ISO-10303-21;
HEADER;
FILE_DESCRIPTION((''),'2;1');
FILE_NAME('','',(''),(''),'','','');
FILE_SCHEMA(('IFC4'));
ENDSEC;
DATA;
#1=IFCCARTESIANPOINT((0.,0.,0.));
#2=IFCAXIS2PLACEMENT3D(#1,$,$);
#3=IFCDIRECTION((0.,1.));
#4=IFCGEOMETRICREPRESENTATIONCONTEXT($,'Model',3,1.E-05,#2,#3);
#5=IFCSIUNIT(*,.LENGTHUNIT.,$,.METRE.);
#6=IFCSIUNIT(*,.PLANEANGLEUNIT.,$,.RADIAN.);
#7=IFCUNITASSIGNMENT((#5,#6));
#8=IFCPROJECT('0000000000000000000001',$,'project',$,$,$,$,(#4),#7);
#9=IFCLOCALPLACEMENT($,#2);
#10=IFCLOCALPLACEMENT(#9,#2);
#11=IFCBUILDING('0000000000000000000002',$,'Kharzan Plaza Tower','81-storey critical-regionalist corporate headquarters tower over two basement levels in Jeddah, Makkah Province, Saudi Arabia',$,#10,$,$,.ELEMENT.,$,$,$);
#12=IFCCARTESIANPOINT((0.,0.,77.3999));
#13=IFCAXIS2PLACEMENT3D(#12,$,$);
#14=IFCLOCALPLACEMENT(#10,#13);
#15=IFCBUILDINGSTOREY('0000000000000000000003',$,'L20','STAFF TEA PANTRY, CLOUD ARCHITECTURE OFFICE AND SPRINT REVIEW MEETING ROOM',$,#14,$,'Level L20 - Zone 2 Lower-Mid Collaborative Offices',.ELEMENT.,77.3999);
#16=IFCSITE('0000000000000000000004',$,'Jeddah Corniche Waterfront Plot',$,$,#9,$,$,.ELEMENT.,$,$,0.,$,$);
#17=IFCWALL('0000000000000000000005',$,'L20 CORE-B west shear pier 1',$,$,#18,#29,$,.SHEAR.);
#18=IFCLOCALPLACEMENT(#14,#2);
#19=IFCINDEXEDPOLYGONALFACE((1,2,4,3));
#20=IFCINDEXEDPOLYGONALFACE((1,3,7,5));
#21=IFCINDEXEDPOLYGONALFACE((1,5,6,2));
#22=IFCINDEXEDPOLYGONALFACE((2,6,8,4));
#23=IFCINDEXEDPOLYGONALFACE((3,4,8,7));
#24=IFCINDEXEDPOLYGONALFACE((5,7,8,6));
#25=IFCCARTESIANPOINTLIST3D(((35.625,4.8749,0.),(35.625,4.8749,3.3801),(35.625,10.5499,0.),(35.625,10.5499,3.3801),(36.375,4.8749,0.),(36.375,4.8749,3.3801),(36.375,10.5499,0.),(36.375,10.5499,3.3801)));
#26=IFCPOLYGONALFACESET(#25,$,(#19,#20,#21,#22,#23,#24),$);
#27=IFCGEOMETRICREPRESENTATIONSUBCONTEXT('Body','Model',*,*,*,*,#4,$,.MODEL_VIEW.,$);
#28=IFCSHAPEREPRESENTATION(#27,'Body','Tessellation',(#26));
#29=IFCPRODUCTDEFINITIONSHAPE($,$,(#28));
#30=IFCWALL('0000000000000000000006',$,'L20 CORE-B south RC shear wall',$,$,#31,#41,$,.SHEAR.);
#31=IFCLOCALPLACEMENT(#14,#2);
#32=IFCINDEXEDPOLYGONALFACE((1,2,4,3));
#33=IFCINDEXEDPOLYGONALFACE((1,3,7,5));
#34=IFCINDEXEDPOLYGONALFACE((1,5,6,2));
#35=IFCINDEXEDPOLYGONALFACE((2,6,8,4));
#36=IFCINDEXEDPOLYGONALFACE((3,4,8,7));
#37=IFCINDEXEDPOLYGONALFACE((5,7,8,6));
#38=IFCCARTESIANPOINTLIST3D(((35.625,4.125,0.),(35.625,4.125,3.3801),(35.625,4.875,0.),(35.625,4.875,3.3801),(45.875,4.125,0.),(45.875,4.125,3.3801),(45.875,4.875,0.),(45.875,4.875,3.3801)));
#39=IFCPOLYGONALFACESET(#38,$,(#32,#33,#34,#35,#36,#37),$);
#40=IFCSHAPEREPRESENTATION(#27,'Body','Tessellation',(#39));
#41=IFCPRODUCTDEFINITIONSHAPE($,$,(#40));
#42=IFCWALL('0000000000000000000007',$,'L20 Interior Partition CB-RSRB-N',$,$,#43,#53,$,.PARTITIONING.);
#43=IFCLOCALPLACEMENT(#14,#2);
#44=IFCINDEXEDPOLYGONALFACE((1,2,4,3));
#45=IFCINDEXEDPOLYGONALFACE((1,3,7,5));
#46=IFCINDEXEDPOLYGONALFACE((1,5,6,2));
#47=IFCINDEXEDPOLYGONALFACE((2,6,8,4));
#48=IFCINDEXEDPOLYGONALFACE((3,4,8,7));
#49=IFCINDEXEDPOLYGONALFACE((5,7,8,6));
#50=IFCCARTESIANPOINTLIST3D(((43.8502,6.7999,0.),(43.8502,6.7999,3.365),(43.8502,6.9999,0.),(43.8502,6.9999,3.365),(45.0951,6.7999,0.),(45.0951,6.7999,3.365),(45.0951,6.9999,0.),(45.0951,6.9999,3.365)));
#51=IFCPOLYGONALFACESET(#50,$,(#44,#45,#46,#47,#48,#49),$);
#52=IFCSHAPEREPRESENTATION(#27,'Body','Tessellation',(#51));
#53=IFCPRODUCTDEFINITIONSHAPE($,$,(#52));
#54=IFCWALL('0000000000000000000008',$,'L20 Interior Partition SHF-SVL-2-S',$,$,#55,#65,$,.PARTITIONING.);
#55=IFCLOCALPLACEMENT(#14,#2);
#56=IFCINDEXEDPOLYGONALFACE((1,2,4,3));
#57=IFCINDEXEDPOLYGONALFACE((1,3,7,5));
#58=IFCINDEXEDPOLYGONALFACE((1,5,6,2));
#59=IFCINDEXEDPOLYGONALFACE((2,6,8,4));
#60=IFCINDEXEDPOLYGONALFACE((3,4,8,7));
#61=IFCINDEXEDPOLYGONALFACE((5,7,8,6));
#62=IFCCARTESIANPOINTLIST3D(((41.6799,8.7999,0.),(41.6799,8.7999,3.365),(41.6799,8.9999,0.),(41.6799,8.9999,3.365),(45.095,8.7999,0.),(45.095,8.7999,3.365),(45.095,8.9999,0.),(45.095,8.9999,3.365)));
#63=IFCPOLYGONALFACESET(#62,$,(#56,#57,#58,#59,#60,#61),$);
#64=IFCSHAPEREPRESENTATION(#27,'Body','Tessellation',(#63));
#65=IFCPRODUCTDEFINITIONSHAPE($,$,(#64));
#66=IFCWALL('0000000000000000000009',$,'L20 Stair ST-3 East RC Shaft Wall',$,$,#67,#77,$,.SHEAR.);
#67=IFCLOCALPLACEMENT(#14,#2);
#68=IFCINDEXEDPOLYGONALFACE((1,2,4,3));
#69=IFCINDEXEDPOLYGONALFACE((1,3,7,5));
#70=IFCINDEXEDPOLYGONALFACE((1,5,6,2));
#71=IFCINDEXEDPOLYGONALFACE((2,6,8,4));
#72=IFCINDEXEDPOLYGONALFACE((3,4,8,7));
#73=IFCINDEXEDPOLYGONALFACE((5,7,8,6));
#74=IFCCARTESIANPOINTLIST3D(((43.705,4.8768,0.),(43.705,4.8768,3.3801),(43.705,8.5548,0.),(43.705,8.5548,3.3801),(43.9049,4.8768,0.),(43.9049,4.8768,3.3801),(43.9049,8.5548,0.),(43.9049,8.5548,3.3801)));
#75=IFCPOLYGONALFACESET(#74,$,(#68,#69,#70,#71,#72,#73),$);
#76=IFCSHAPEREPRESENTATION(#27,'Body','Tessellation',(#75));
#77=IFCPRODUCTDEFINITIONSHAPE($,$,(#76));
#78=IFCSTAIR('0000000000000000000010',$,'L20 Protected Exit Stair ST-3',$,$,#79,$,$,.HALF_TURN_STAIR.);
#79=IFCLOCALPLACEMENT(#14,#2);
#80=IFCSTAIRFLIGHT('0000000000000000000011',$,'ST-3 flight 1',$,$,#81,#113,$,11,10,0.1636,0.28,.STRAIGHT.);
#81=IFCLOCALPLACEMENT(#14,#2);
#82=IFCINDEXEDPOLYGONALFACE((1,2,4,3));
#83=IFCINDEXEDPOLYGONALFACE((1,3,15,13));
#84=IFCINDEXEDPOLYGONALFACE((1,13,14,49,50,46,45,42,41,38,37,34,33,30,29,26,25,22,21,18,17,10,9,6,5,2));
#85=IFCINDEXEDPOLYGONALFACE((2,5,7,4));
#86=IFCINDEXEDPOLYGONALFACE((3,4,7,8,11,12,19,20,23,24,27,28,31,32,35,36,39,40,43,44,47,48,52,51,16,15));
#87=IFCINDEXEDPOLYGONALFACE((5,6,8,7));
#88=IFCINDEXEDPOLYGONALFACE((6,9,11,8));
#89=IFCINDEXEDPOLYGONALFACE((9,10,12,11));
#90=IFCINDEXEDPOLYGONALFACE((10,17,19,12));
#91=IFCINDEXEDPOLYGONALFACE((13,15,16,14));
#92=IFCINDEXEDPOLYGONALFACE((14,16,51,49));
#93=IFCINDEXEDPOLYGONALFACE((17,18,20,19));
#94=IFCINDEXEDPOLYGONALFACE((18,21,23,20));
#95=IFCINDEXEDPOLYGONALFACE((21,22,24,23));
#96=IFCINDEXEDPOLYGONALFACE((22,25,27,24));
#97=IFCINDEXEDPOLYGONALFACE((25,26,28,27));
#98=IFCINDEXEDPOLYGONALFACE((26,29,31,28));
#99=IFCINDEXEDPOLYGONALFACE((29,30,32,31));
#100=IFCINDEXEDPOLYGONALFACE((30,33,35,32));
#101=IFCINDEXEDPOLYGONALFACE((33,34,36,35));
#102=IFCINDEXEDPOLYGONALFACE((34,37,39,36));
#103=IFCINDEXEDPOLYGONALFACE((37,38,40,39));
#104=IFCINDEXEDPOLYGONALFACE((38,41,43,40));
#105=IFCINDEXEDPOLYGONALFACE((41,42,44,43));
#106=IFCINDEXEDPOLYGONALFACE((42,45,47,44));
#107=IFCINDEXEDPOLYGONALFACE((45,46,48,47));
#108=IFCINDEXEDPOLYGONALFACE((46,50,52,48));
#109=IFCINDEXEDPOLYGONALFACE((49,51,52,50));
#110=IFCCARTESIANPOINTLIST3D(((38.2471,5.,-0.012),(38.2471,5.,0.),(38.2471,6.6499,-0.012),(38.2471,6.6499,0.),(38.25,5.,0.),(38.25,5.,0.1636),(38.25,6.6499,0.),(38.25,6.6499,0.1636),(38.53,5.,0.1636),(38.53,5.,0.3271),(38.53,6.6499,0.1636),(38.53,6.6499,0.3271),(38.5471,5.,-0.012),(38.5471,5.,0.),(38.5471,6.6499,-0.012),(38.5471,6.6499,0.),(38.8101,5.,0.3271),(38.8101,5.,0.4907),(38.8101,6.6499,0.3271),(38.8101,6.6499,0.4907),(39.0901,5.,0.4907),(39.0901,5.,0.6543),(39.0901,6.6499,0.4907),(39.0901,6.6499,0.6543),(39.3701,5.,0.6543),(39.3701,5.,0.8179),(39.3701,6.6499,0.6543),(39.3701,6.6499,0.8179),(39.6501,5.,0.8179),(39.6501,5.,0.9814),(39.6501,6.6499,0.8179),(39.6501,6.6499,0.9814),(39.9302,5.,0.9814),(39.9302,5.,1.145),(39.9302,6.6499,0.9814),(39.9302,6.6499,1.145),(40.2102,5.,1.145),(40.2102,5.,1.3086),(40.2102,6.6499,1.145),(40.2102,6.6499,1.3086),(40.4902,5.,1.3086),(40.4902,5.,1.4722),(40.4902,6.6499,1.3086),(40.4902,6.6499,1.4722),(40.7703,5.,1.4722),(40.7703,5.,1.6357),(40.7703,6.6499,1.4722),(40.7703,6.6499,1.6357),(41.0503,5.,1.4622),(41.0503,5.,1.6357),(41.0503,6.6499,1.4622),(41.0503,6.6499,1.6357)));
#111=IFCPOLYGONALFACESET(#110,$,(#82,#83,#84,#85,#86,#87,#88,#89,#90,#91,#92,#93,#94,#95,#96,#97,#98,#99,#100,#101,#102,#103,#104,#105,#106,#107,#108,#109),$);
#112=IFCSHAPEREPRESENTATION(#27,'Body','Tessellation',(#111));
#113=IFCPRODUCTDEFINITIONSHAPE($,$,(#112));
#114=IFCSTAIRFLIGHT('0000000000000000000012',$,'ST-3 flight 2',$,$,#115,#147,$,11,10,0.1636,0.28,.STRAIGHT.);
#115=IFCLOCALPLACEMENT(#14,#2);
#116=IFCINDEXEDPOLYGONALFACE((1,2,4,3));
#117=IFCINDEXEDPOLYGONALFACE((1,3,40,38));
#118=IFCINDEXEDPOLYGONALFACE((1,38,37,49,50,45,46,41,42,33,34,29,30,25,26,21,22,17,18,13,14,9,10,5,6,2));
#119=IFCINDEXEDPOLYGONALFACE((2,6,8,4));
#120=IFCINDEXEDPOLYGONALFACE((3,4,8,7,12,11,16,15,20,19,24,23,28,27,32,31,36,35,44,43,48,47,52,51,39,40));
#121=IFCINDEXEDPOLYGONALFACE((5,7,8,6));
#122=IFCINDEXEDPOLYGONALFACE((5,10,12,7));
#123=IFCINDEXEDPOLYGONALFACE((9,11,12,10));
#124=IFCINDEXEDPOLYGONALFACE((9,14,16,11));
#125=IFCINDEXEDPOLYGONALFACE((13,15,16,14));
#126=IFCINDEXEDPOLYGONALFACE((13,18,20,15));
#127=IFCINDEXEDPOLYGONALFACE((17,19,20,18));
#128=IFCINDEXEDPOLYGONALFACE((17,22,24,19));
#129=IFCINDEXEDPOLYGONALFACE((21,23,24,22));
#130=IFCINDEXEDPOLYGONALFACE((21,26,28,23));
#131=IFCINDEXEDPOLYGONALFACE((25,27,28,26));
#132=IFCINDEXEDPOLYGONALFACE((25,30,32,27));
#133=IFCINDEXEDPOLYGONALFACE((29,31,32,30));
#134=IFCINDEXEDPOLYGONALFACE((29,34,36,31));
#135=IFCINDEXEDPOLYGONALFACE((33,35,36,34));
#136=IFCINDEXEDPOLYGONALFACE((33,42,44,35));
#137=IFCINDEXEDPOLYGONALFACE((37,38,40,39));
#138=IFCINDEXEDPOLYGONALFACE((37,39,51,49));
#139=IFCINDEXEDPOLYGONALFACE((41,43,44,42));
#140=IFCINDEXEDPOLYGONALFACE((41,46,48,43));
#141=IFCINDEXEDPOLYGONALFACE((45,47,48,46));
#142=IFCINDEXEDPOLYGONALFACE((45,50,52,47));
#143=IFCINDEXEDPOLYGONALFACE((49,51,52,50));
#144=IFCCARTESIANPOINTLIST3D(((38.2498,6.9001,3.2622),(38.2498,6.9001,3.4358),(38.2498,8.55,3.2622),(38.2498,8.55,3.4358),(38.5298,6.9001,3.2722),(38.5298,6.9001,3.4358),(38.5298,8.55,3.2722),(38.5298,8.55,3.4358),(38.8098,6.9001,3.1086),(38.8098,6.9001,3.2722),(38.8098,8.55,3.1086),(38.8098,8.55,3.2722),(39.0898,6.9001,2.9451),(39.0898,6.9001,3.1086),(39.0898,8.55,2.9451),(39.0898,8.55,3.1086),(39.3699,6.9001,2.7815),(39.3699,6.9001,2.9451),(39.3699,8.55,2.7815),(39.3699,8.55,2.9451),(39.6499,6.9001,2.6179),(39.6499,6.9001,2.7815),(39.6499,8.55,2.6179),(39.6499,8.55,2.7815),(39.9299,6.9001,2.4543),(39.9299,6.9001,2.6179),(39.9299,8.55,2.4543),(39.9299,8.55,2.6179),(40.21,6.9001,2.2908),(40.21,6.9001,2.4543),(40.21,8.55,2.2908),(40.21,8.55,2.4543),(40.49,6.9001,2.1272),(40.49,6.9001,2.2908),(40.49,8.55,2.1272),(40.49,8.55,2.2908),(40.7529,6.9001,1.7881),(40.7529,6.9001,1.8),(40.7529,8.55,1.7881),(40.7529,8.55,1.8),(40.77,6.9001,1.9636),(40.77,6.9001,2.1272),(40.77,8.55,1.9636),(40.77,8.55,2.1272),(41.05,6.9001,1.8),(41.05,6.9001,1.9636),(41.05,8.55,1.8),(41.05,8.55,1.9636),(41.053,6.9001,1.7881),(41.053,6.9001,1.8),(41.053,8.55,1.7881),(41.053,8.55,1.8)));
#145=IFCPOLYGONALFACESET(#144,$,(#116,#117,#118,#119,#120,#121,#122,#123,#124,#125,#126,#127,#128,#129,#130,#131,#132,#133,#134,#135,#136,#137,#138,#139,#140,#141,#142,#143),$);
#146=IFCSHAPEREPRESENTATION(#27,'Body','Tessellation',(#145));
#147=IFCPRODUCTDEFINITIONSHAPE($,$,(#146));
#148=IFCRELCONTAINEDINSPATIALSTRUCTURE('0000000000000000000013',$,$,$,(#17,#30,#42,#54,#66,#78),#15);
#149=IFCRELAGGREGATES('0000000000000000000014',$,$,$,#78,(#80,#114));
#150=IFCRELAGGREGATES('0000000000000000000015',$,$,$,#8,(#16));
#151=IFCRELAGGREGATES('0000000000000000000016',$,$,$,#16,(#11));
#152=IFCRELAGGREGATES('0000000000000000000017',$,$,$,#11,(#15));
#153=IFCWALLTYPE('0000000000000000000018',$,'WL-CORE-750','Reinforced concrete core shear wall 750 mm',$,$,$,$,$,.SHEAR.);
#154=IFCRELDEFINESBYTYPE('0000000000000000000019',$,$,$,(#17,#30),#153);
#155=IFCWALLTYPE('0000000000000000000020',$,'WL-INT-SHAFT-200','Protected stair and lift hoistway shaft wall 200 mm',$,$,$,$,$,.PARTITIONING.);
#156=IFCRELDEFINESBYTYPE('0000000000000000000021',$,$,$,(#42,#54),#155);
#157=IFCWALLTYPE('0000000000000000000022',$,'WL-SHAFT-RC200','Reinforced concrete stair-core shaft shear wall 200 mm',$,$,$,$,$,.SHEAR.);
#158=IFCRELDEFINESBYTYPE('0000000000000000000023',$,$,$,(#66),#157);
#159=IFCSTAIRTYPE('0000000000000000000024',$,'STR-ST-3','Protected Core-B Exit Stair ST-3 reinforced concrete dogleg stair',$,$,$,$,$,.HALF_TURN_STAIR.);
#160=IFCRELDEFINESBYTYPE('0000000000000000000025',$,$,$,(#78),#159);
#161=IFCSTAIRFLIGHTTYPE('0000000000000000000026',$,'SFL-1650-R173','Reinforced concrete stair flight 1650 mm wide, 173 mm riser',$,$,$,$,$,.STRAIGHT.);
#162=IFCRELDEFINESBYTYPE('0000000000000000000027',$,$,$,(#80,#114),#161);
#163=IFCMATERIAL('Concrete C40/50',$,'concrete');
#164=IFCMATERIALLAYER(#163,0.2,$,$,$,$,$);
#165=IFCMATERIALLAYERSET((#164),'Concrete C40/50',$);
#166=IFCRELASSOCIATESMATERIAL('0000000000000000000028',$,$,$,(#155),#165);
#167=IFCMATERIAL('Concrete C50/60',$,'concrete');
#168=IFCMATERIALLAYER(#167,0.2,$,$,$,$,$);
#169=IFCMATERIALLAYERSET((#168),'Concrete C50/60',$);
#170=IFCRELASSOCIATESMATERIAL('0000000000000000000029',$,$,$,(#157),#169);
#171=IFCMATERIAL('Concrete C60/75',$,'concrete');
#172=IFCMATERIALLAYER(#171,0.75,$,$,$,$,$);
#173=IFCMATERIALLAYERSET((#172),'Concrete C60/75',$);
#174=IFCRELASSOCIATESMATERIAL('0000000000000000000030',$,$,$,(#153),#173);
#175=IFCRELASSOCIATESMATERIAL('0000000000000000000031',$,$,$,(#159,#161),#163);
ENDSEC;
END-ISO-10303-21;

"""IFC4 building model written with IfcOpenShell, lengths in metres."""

from ifc_helpers import new_model, si_unit, direction, frame, frame_2d, origin, place, context, subcontext, project, spatial, polyline, rectangle, outline, extrude, source, transform, mapped, material, layer, layer_set, type_object, element, aggregate, save


model = new_model("IFC4")

# Units and contexts
model_context = context("Model", 3, precision=1e-05, world=origin(), true_north=direction((0.0, 1.0)))
body_context = subcontext(model_context, "Body", "Model", "MODEL_VIEW")
ifc_project = project(units=[si_unit("LENGTHUNIT", "METRE"), si_unit("PLANEANGLEUNIT", "RADIAN")], contexts=[model_context])

# Site, building, storey
site_placement = place(None, origin())
site = spatial("IfcSite", under=ifc_project, at=site_placement, Name="Jeddah Corniche Waterfront Plot", CompositionType="ELEMENT", RefElevation=0.0)
building_placement = place(site_placement, origin())
building = spatial("IfcBuilding", under=site, at=building_placement, Name="Kharzan Plaza Tower", Description="81-storey critical-regionalist corporate headquarters tower over two basement levels in Jeddah, Makkah Province, Saudi Arabia", CompositionType="ELEMENT")
storey_placement = place(building_placement, frame((0.0, 0.0, 77.3999)))
storey = spatial("IfcBuildingStorey", under=building, at=storey_placement, Name="L20", Description="STAFF TEA PANTRY, CLOUD ARCHITECTURE OFFICE AND SPRINT REVIEW MEETING ROOM", LongName="Level L20 - Zone 2 Lower-Mid Collaborative Offices", CompositionType="ELEMENT", Elevation=77.3999)

# Shared definitions
ifc_material_1 = material(Name="Concrete C60/75", Category="concrete")

# Shared definitions
ifc_material_2 = material(Name="Concrete C40/50", Category="concrete")

# Shared definitions
ifc_layer_1 = layer(ifc_material_2, 0.2)
ifc_layer_set_1 = layer_set([ifc_layer_1], Name="Concrete C40/50")
wall_type_1 = type_object("IfcWallType", Name="WL-INT-SHAFT-200", Description="Protected stair and lift hoistway shaft wall 200 mm", PredefinedType="PARTITIONING", material=ifc_layer_set_1)
ifc_material_3 = material(Name="Concrete C50/60", Category="concrete")
ifc_layer_2 = layer(ifc_material_3, 0.2)
ifc_layer_set_2 = layer_set([ifc_layer_2], Name="Concrete C50/60")
wall_type_2 = type_object("IfcWallType", Name="WL-SHAFT-RC200", Description="Reinforced concrete stair-core shaft shear wall 200 mm", PredefinedType="SHEAR", material=ifc_layer_set_2)

# Walls
ifc_layer_3 = layer(ifc_material_1, 0.75)
ifc_layer_set_3 = layer_set([ifc_layer_3], Name="Concrete C60/75")
wall_type_3 = type_object("IfcWallType", Name="WL-CORE-750", Description="Reinforced concrete core shear wall 750 mm", PredefinedType="SHEAR", material=ifc_layer_set_3)
shared_shape_1 = source(origin(), body_context, "Body", "SweptSolid", [
    extrude(rectangle(XDim=5.675, YDim=0.75, at=frame_2d((2.8374, 0.0))), origin(), (0.0, 0.0, 1.0), 3.3801),
])
wall_1_placement = place(storey_placement, frame((36.0, 4.875, 0.0), z_axis=(0.0, 0.0, 1.0), x_axis=(0.0, 1.0, 0.0)))
element("IfcWall", 1, at=wall_1_placement, inside=storey, type_object=wall_type_3, Name="L20 CORE-B west shear pier 1", PredefinedType="SHEAR", context=body_context, shape_type="MappedRepresentation", body=[
    mapped(shared_shape_1, transform((0.0, 0.0, 0.0), x_axis=(1.0, 0.0, 0.0), y_axis=(0.0, 1.0, 0.0), z_axis=(0.0, 0.0, 1.0))),
])
shared_shape_2 = source(origin(), body_context, "Body", "SweptSolid", [
    extrude(rectangle(XDim=10.25, YDim=0.75, at=frame_2d((5.125, 0.0))), origin(), (0.0, 0.0, 1.0), 3.3801),
])
wall_2_placement = place(storey_placement, frame((35.625, 4.5, 0.0), z_axis=(0.0, 0.0, 1.0), x_axis=(1.0, 0.0, 0.0)))
element("IfcWall", 2, at=wall_2_placement, inside=storey, type_object=wall_type_3, Name="L20 CORE-B south RC shear wall", PredefinedType="SHEAR", context=body_context, shape_type="MappedRepresentation", body=[
    mapped(shared_shape_2, transform((0.0, 0.0, 0.0), x_axis=(1.0, 0.0, 0.0), y_axis=(0.0, 1.0, 0.0), z_axis=(0.0, 0.0, 1.0))),
])
shared_shape_3 = source(origin(), body_context, "Body", "SweptSolid", [
    extrude(rectangle(XDim=1.2449, YDim=0.2, at=frame_2d((0.6226, 0.0))), origin(), (0.0, 0.0, 1.0), 3.365),
])
wall_3_placement = place(storey_placement, frame((43.8501, 6.8999, 0.0), z_axis=(0.0, 0.0, 1.0), x_axis=(1.0, 0.0, 0.0)))
element("IfcWall", 3, at=wall_3_placement, inside=storey, type_object=wall_type_1, Name="L20 Interior Partition CB-RSRB-N", PredefinedType="PARTITIONING", context=body_context, shape_type="MappedRepresentation", body=[
    mapped(shared_shape_3, transform((0.0, 0.0, 0.0), x_axis=(1.0, 0.0, 0.0), y_axis=(0.0, 1.0, 0.0), z_axis=(0.0, 0.0, 1.0))),
])
shared_shape_4 = source(origin(), body_context, "Body", "SweptSolid", [
    extrude(rectangle(XDim=3.415, YDim=0.2, at=frame_2d((1.7075, 0.0))), origin(), (0.0, 0.0, 1.0), 3.365),
])
wall_4_placement = place(storey_placement, frame((41.6799, 8.8999, 0.0), z_axis=(0.0, 0.0, 1.0), x_axis=(1.0, 0.0, 0.0)))
element("IfcWall", 4, at=wall_4_placement, inside=storey, type_object=wall_type_1, Name="L20 Interior Partition SHF-SVL-2-S", PredefinedType="PARTITIONING", context=body_context, shape_type="MappedRepresentation", body=[
    mapped(shared_shape_4, transform((0.0, 0.0, 0.0), x_axis=(1.0, 0.0, 0.0), y_axis=(0.0, 1.0, 0.0), z_axis=(0.0, 0.0, 1.0))),
])
shared_shape_5 = source(origin(), body_context, "Body", "SweptSolid", [
    extrude(rectangle(XDim=3.678, YDim=0.2, at=frame_2d((1.8389, 0.0))), origin(), (0.0, 0.0, 1.0), 3.3801),
])
wall_5_placement = place(storey_placement, frame((43.8049, 4.877, 0.0), z_axis=(0.0, 0.0, 1.0), x_axis=(0.0, 1.0, 0.0)))
element("IfcWall", 5, at=wall_5_placement, inside=storey, type_object=wall_type_2, Name="L20 Stair ST-3 East RC Shaft Wall", PredefinedType="SHEAR", context=body_context, shape_type="MappedRepresentation", body=[
    mapped(shared_shape_5, transform((0.0, 0.0, 0.0), x_axis=(1.0, 0.0, 0.0), y_axis=(0.0, 1.0, 0.0), z_axis=(0.0, 0.0, 1.0))),
])

# Stair, stair flights
stair_type = type_object("IfcStairType", Name="STR-ST-3", Description="Protected Core-B Exit Stair ST-3 reinforced concrete dogleg stair", PredefinedType="HALF_TURN_STAIR", material=ifc_material_2)
stair_placement = place(storey_placement, origin())
stair = element("IfcStair", 6, at=stair_placement, inside=storey, type_object=stair_type, Name="L20 Protected Exit Stair ST-3", PredefinedType="HALF_TURN_STAIR")
stair_flight_type = type_object("IfcStairFlightType", Name="SFL-1650-R173", Description="Reinforced concrete stair flight 1650 mm wide, 173 mm riser", PredefinedType="STRAIGHT", material=ifc_material_2)
shared_shape_6 = source(origin(), body_context, "Body", "SweptSolid", [
    extrude(outline(polyline([(-0.0029, -0.012), (-0.0029, 0.0), (0.0, 0.0), (0.0, 0.1636), (0.28, 0.1636), (0.28, 0.3271), (0.5601, 0.3271), (0.5601, 0.4907), (0.8401, 0.4907), (0.8401, 0.6543), (1.1201, 0.6543), (1.1201, 0.8179), (1.4001, 0.8179), (1.4001, 0.9814), (1.6802, 0.9814), (1.6802, 1.145), (1.9602, 1.145), (1.9602, 1.3086), (2.2402, 1.3086), (2.2402, 1.4722), (2.5203, 1.4722), (2.5203, 1.6357), (2.8003, 1.6357), (2.8003, 1.7993), (2.8003, 1.4622), (0.2971, 0.0), (0.2971, -0.012), (-0.0029, -0.012)])), frame((0.0, 0.825, 0.0), z_axis=(0.0, -1.0, 0.0), x_axis=(1.0, 0.0, 0.0)), (0.0, 0.0, 1.0), 1.6499),
])
stair_flight_1_placement = place(storey_placement, frame((38.25, 5.825, 0.0), z_axis=(0.0, 0.0, 1.0), x_axis=(1.0, 0.0, 0.0)))
stair_flight_1 = element("IfcStairFlight", 7, at=stair_flight_1_placement, type_object=stair_flight_type, Name="ST-3 flight 1", NumberOfRisers=11, NumberOfTreads=10, PredefinedType="STRAIGHT", RiserHeight=0.1636, TreadLength=0.28, context=body_context, shape_type="MappedRepresentation", body=[
    mapped(shared_shape_6, transform((0.0, 0.0, 0.0), x_axis=(1.0, 0.0, 0.0), y_axis=(0.0, 1.0, 0.0), z_axis=(0.0, 0.0, 1.0))),
])
stair_flight_2_placement = place(storey_placement, frame((41.05, 7.7251, 1.8), z_axis=(0.0, 0.0, 1.0), x_axis=(-1.0, 0.0, 0.0)))
stair_flight_2 = element("IfcStairFlight", 8, at=stair_flight_2_placement, type_object=stair_flight_type, Name="ST-3 flight 2", NumberOfRisers=11, NumberOfTreads=10, PredefinedType="STRAIGHT", RiserHeight=0.1636, TreadLength=0.28, context=body_context, shape_type="MappedRepresentation", body=[
    mapped(shared_shape_6, transform((0.0, 0.0, 0.0), x_axis=(1.0, 0.0, 0.0), y_axis=(0.0, 1.0, 0.0), z_axis=(0.0, 0.0, 1.0))),
])
aggregate(stair, [stair_flight_1, stair_flight_2])

save(model, "model.ifc")
